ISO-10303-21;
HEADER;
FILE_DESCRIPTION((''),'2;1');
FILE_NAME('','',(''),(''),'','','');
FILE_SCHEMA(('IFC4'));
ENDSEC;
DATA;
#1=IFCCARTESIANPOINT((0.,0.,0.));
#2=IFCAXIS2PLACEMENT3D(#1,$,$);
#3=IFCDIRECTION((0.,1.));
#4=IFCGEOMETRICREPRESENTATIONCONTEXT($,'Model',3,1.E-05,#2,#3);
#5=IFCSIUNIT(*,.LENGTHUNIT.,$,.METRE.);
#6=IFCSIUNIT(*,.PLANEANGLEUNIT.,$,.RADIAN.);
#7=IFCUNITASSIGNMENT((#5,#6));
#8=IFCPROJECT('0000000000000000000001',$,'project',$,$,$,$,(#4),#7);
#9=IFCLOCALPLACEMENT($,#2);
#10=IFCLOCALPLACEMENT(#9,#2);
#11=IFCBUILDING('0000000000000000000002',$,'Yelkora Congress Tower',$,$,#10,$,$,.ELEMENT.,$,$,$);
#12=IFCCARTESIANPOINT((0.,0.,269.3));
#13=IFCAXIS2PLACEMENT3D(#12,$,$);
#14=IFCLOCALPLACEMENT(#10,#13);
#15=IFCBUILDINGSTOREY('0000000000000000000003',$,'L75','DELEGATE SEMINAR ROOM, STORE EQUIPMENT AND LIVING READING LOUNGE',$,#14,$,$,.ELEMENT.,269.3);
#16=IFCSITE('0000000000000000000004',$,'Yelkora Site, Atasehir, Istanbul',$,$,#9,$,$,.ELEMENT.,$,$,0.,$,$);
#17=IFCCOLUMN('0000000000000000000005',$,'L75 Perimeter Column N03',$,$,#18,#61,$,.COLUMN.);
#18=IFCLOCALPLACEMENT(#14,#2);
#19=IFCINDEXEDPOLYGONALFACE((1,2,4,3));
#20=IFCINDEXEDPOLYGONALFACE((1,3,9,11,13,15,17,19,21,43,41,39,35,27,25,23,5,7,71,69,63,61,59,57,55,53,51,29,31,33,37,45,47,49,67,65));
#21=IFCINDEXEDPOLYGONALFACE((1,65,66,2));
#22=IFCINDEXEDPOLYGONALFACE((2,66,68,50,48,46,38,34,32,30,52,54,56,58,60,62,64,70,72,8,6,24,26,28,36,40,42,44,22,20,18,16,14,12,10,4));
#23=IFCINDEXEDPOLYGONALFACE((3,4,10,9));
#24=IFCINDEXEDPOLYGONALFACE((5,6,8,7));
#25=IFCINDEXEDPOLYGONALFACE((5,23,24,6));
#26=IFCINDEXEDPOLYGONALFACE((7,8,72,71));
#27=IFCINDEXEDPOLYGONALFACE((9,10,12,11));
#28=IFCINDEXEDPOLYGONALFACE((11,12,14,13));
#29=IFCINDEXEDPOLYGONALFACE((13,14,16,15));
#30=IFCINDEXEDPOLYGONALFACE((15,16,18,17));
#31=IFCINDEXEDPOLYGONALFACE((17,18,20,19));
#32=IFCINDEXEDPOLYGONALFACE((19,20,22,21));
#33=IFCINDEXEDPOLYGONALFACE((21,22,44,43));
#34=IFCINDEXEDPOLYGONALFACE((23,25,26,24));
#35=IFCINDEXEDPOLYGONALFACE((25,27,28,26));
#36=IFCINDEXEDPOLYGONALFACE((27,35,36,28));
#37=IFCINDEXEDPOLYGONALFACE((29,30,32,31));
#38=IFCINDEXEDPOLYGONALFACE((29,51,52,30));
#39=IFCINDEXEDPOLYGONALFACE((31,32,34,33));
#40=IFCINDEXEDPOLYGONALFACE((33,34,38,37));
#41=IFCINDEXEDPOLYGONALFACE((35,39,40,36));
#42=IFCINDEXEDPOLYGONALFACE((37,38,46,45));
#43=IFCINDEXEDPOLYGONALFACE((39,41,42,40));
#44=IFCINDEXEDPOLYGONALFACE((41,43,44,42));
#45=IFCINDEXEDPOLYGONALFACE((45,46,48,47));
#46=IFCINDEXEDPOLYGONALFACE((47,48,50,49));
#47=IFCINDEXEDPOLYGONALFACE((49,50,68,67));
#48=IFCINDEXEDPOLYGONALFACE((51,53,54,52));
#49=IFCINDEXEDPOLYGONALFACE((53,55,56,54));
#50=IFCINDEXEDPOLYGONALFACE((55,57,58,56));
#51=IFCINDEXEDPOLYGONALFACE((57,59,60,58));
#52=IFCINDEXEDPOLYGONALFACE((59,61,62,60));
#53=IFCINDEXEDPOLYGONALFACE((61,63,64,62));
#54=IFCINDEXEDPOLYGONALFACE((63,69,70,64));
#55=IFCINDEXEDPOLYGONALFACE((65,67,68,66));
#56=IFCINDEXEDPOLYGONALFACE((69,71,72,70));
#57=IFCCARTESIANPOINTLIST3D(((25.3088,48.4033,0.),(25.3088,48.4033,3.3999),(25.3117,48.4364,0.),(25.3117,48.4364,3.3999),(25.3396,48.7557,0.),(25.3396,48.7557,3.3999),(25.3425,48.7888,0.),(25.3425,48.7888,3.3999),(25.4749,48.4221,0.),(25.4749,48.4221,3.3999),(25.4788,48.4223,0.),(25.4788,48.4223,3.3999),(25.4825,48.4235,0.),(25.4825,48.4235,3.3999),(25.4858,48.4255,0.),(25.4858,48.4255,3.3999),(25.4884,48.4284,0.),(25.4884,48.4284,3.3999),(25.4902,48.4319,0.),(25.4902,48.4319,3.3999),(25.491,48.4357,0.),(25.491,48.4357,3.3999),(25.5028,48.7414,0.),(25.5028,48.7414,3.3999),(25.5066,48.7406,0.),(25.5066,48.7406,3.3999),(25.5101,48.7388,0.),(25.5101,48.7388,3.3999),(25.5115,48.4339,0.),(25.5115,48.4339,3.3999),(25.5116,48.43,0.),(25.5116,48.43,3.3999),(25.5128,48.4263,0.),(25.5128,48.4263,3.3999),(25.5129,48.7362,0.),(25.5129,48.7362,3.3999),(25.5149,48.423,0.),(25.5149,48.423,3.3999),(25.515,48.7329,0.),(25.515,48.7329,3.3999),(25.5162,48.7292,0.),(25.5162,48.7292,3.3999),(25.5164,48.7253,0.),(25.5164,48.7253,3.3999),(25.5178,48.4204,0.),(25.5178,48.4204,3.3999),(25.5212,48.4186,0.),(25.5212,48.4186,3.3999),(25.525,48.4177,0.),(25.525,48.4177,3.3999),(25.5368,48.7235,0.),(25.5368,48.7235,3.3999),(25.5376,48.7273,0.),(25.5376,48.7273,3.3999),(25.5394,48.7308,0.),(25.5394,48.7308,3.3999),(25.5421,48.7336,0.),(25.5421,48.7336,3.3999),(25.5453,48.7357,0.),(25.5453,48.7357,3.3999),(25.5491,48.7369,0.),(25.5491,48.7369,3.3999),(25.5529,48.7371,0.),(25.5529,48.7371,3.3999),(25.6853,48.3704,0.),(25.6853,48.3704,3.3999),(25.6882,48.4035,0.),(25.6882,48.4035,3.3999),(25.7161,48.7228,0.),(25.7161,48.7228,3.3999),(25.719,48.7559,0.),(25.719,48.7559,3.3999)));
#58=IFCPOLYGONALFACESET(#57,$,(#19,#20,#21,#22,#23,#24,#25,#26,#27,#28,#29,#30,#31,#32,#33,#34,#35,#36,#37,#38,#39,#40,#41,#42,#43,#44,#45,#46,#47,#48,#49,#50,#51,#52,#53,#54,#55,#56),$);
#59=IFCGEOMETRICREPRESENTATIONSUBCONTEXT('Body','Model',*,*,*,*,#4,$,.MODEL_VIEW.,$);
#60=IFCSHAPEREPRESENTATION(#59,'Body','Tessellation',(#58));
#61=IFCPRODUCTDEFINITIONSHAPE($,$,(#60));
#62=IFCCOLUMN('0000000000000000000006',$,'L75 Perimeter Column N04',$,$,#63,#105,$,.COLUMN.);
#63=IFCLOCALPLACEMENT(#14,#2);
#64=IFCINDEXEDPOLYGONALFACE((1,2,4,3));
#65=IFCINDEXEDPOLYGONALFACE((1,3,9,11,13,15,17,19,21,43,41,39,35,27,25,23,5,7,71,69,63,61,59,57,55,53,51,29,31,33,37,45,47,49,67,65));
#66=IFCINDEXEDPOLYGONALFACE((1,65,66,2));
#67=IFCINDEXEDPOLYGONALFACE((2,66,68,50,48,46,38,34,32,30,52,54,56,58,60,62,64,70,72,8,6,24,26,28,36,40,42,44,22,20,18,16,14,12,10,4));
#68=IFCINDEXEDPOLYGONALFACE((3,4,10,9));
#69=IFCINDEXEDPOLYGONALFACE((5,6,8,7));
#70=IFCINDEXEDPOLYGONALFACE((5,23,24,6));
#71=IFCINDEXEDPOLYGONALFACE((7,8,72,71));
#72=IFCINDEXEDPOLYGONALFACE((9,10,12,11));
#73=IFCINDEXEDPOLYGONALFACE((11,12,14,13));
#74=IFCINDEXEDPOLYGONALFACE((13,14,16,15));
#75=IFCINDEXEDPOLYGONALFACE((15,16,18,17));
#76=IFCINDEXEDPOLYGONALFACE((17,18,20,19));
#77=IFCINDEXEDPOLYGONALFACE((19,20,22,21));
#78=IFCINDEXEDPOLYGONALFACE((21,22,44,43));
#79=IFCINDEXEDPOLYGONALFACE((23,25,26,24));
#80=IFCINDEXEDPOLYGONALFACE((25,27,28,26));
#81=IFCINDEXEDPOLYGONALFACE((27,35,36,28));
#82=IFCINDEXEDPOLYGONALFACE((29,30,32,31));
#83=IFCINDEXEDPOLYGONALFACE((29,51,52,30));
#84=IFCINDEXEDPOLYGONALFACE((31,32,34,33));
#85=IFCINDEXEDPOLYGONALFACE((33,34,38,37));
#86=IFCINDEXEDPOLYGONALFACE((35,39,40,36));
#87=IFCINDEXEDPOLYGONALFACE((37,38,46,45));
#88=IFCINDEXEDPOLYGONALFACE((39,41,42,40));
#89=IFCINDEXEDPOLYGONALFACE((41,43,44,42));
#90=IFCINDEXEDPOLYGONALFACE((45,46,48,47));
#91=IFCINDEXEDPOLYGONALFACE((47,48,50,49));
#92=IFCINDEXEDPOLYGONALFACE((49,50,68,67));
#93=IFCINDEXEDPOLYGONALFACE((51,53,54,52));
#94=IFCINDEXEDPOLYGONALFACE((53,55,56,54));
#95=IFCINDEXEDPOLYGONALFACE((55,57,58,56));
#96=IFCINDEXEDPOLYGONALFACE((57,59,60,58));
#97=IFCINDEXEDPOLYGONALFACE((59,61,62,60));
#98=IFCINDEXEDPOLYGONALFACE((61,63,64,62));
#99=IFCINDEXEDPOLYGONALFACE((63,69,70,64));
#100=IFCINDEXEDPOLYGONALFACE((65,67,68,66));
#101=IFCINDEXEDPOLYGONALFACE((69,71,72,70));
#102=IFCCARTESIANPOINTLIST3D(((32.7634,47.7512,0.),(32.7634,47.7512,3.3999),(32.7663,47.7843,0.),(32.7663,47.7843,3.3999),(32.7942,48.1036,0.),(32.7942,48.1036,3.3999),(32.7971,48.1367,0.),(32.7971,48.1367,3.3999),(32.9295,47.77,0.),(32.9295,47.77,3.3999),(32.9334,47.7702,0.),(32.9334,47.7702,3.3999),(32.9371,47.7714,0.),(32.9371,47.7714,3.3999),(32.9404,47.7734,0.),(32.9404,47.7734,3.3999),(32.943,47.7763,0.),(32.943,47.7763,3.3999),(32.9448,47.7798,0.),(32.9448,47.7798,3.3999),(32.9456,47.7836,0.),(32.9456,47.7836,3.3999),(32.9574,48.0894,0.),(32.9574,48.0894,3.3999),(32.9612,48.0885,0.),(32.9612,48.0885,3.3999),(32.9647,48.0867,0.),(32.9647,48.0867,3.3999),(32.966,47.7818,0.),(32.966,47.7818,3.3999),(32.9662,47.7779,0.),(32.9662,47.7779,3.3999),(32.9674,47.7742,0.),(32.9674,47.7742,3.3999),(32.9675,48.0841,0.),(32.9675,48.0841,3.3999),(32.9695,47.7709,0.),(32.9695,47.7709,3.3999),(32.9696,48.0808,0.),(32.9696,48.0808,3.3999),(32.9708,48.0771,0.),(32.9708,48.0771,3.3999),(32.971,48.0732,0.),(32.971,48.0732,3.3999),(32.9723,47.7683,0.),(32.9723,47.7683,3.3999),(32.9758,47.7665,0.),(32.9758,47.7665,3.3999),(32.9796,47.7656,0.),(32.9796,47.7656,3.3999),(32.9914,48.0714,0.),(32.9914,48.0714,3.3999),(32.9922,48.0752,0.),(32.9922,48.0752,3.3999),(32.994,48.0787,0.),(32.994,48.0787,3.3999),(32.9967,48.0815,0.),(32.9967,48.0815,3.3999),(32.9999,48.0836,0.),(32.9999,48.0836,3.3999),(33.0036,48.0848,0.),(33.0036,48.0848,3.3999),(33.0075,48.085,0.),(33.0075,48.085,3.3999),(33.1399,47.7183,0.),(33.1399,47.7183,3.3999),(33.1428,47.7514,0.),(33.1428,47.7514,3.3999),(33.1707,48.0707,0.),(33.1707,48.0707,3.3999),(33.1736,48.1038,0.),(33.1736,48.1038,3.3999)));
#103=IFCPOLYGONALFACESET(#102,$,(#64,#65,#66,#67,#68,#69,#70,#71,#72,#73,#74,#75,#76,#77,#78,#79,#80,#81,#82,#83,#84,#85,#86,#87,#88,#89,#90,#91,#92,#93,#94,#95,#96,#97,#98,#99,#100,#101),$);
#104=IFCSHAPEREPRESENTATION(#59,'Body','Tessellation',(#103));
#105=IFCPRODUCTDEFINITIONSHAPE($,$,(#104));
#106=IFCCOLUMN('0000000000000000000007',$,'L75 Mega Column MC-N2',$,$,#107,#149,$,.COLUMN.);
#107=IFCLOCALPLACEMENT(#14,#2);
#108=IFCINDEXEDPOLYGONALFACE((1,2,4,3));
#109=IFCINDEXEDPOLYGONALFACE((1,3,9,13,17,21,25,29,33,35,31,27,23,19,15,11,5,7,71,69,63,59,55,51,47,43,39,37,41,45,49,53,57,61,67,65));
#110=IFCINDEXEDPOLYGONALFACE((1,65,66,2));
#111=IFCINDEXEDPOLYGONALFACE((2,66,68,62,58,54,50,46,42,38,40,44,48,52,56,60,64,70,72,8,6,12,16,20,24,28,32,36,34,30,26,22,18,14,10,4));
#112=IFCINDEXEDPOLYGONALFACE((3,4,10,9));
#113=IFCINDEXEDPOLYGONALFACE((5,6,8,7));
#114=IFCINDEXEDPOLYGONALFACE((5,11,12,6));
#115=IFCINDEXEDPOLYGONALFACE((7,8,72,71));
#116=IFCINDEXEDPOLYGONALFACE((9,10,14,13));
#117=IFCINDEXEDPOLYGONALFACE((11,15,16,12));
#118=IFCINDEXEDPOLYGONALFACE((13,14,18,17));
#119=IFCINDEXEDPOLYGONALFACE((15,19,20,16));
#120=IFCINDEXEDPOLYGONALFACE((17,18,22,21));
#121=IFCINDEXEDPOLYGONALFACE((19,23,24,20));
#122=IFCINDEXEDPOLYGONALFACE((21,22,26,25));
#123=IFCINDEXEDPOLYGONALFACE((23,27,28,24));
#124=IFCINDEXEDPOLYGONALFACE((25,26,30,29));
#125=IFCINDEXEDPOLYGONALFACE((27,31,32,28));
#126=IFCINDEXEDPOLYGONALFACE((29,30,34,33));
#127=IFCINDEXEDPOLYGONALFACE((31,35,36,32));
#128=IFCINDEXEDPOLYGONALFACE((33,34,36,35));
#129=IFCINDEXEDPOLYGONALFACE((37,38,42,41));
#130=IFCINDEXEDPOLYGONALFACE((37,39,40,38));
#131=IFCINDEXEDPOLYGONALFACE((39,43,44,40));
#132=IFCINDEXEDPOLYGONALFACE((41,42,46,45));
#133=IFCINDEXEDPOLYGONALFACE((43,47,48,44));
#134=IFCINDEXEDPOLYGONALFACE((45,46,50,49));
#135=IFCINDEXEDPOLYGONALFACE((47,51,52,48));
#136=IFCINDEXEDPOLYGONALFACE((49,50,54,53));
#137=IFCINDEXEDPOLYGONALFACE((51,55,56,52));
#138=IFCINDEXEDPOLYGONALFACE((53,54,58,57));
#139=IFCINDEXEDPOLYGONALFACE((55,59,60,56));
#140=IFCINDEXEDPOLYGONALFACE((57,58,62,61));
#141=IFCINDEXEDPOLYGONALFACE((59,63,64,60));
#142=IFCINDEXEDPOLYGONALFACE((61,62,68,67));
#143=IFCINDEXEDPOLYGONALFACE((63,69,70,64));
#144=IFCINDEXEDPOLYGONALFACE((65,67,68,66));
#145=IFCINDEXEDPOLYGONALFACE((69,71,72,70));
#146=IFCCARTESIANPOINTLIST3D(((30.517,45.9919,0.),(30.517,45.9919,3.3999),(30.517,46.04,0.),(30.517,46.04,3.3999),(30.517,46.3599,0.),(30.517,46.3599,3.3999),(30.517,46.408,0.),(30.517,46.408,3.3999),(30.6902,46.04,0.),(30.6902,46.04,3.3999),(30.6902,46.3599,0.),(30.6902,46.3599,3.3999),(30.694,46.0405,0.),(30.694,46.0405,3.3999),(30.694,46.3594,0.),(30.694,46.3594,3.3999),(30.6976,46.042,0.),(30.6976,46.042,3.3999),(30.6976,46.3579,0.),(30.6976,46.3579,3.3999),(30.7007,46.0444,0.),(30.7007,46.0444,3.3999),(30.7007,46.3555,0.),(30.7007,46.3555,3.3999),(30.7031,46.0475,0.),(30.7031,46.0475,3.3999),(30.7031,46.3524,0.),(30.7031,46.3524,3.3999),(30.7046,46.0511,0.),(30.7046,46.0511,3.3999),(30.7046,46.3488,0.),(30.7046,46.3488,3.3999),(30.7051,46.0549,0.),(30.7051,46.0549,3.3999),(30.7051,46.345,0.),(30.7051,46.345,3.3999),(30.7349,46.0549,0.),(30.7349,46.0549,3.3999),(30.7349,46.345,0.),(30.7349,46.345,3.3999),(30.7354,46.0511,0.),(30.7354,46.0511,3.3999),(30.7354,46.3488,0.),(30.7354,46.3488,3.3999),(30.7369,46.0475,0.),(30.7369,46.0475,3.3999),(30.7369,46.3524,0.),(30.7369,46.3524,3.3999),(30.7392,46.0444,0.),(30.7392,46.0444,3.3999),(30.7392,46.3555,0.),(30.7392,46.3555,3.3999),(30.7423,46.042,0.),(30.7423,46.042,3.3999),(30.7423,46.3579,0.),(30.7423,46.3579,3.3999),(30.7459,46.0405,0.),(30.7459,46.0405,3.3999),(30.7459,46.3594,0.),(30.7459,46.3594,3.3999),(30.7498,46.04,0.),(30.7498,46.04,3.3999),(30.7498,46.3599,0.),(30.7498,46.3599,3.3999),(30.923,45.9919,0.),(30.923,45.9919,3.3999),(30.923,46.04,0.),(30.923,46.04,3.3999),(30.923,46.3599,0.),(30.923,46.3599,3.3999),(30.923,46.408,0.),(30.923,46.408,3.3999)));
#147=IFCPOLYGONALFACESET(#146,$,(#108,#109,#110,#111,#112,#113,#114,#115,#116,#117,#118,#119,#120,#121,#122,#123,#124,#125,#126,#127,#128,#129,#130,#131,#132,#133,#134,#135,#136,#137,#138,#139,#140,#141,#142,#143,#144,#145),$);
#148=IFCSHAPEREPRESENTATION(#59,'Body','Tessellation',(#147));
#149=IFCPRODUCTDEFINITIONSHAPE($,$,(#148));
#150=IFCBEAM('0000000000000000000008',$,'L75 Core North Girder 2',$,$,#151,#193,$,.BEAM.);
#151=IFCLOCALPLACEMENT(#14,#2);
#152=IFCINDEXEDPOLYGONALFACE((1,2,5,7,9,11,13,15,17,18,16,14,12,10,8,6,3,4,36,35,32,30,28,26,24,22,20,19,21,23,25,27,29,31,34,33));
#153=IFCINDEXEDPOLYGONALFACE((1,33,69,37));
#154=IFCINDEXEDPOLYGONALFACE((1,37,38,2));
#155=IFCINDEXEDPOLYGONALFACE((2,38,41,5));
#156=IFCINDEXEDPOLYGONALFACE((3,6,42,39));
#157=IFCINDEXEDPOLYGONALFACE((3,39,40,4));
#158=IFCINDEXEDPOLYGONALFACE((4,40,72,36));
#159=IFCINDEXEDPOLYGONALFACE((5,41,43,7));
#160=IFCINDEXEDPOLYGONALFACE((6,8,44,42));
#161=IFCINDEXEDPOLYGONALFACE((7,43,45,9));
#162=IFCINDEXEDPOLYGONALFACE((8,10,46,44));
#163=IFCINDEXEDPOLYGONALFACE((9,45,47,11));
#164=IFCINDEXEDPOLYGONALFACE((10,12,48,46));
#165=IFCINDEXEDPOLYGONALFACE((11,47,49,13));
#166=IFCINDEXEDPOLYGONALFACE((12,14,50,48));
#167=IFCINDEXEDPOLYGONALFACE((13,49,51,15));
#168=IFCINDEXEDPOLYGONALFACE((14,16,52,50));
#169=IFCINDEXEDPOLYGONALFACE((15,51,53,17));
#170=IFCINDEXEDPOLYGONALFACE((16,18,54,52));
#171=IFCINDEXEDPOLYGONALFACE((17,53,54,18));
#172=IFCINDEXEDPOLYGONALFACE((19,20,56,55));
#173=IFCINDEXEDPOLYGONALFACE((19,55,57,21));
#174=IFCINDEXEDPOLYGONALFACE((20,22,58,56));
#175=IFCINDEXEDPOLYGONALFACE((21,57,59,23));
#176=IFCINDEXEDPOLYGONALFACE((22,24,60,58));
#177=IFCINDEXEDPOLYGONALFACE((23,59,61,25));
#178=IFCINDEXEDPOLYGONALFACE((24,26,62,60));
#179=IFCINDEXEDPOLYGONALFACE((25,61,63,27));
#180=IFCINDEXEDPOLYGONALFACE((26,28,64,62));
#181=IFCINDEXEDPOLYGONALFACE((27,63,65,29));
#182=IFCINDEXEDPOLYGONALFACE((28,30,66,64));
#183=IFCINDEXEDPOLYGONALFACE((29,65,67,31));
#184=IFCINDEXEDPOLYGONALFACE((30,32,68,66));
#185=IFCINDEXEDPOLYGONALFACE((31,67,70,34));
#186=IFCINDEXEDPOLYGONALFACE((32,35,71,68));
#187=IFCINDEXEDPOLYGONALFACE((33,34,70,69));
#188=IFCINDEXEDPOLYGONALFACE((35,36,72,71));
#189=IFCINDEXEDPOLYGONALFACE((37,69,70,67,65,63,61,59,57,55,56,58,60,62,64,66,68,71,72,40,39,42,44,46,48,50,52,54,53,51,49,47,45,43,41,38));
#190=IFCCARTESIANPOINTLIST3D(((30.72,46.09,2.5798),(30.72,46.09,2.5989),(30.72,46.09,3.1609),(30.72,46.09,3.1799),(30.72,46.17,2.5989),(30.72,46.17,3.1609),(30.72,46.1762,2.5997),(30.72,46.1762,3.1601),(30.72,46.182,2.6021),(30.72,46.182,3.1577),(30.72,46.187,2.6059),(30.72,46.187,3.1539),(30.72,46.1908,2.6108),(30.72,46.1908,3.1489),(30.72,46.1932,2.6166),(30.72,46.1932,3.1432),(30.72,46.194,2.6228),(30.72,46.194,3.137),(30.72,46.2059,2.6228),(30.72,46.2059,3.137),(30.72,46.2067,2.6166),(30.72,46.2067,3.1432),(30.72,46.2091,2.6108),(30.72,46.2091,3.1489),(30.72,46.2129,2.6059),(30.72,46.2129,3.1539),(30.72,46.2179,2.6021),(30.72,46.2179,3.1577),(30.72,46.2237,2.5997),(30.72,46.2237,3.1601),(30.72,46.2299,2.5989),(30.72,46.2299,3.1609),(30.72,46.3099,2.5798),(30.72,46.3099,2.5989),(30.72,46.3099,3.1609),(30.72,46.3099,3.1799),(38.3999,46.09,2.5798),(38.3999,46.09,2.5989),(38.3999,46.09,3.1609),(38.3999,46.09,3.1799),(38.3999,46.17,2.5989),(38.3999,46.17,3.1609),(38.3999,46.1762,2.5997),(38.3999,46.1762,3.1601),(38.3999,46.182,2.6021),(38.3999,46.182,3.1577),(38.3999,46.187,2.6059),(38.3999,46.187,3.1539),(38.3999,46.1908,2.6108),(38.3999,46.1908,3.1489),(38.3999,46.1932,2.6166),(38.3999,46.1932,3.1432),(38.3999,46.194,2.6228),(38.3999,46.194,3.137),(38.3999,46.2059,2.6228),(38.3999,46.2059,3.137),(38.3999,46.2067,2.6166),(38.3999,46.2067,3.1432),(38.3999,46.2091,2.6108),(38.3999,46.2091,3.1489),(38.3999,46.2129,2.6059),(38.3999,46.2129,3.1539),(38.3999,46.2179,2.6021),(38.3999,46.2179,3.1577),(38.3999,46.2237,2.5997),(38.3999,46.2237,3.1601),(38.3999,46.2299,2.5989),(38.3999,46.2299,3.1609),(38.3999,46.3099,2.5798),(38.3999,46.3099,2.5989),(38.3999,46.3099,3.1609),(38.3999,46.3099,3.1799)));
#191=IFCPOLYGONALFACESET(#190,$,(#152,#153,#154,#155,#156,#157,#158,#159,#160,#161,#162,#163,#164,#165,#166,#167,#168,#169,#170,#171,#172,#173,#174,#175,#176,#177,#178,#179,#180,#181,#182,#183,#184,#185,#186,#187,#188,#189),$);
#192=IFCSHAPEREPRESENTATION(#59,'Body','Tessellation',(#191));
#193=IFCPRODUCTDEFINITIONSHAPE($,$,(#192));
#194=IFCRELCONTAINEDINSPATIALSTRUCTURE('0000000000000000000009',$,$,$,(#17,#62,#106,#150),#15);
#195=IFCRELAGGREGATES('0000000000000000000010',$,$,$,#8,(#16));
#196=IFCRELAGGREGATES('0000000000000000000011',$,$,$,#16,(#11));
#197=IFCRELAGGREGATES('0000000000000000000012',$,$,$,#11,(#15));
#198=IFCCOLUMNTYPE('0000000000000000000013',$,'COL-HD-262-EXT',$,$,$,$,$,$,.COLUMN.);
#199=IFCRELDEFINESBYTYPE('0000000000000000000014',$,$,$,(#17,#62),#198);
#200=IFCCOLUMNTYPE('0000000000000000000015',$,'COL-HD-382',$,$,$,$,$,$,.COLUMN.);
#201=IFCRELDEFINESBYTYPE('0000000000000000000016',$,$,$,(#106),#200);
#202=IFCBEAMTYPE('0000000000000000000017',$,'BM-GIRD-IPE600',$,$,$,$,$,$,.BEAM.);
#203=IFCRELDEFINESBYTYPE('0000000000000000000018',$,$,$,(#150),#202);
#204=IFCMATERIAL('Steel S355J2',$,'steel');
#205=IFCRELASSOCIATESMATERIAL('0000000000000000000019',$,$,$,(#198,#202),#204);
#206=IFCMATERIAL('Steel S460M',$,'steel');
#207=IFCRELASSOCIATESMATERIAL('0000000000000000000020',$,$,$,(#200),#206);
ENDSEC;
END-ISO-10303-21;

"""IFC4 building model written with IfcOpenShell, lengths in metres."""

from ifc_helpers import new_model, si_unit, direction, frame, origin, origin_2d, place, context, subcontext, project, spatial, i_section, extrude, material, material_profile, profile_set, type_object, element, save


model = new_model("IFC4")

# Units and contexts
model_context = context("Model", 3, precision=1e-05, world=origin(), true_north=direction((0.0, 1.0)))
body_context = subcontext(model_context, "Body", "Model", "MODEL_VIEW")
ifc_project = project(units=[si_unit("LENGTHUNIT", "METRE"), si_unit("PLANEANGLEUNIT", "RADIAN")], contexts=[model_context])

# Site, building, storey
site_placement = place(None, origin())
site = spatial("IfcSite", under=ifc_project, at=site_placement, Name="Yelkora Site, Atasehir, Istanbul", CompositionType="ELEMENT", RefElevation=0.0)
building_placement = place(site_placement, origin())
building = spatial("IfcBuilding", under=site, at=building_placement, Name="Yelkora Congress Tower", CompositionType="ELEMENT")
storey_placement = place(building_placement, frame((0.0, 0.0, 269.3)))
storey = spatial("IfcBuildingStorey", under=building, at=storey_placement, Name="L75", Description="DELEGATE SEMINAR ROOM, STORE EQUIPMENT AND LIVING READING LOUNGE", CompositionType="ELEMENT", Elevation=269.3)

# Columns
ifc_material_1 = material(Name="Steel S355J2", Category="steel")
ifc_material_profile_1 = material_profile(ifc_material_1, i_section(OverallWidth=0.3779, OverallDepth=0.387, WebThickness=0.0205, FlangeThickness=0.0332, FilletRadius=0.0149, at=origin_2d()), Name="HD 360x262")
ifc_profile_set_1 = profile_set([ifc_material_profile_1], Name="Steel S355J2")
column_type_1 = type_object("IfcColumnType", Name="COL-HD-262-EXT", PredefinedType="COLUMN", material=ifc_profile_set_1)
for number, where, z_axis, x_axis, name in (
    (1, (25.5139, 48.5796, 0.0), (0.0, 0.0, 1.0), (0.996195, -0.087156, 0.0), "L75 Perimeter Column N03"),
    (2, (32.9685, 47.9275, 0.0), (0.0, 0.0, 1.0), (0.996195, -0.087156, 0.0), "L75 Perimeter Column N04"),
):
    element("IfcColumn", number, at=place(storey_placement, frame(where, z_axis=z_axis, x_axis=x_axis)), inside=storey, type_object=column_type_1, Name=name, PredefinedType="COLUMN", context=body_context, shape_type="SweptSolid", body=[
        extrude(i_section(OverallWidth=0.3779, OverallDepth=0.387, WebThickness=0.0205, FlangeThickness=0.0332, FilletRadius=0.0149, at=origin_2d()), origin(), (0.0, 0.0, 1.0), 3.3999),
    ])
ifc_material_2 = material(Name="Steel S460M", Category="steel")
ifc_material_profile_2 = material_profile(ifc_material_2, i_section(OverallWidth=0.406, OverallDepth=0.416, WebThickness=0.0298, FlangeThickness=0.0481, FilletRadius=0.0149, at=origin_2d()), Name="HD 400x382")
ifc_profile_set_2 = profile_set([ifc_material_profile_2], Name="Steel S460M")
column_type_2 = type_object("IfcColumnType", Name="COL-HD-382", PredefinedType="COLUMN", material=ifc_profile_set_2)
column_placement = place(storey_placement, frame((30.72, 46.2, 0.0), z_axis=(0.0, 0.0, 1.0), x_axis=(1.0, 0.0, 0.0)))
element("IfcColumn", 3, at=column_placement, inside=storey, type_object=column_type_2, Name="L75 Mega Column MC-N2", PredefinedType="COLUMN", context=body_context, shape_type="SweptSolid", body=[
    extrude(i_section(OverallWidth=0.406, OverallDepth=0.416, WebThickness=0.0298, FlangeThickness=0.0481, FilletRadius=0.0149, at=origin_2d()), origin(), (0.0, 0.0, 1.0), 3.3999),
])

# Beam
ifc_material_profile_3 = material_profile(ifc_material_1, i_section(OverallWidth=0.22, OverallDepth=0.6001, WebThickness=0.012, FlangeThickness=0.019, FilletRadius=0.0239, at=origin_2d()), Name="IPE 600")
ifc_profile_set_3 = profile_set([ifc_material_profile_3], Name="Steel S355J2")
beam_type_1 = type_object("IfcBeamType", Name="BM-GIRD-IPE600", PredefinedType="BEAM", material=ifc_profile_set_3)
beam_1_placement = place(storey_placement, frame((30.72, 46.2, 2.8799), z_axis=(1.0, 0.0, 0.0), x_axis=(0.0, 1.0, 0.0)))
element("IfcBeam", 4, at=beam_1_placement, inside=storey, type_object=beam_type_1, Name="L75 Core North Girder 2", PredefinedType="BEAM", context=body_context, shape_type="SweptSolid", body=[
    extrude(i_section(OverallWidth=0.22, OverallDepth=0.6001, WebThickness=0.012, FlangeThickness=0.019, FilletRadius=0.0239, at=origin_2d()), origin(), (0.0, 0.0, 1.0), 7.6799),
])

save(model, "model.ifc")
